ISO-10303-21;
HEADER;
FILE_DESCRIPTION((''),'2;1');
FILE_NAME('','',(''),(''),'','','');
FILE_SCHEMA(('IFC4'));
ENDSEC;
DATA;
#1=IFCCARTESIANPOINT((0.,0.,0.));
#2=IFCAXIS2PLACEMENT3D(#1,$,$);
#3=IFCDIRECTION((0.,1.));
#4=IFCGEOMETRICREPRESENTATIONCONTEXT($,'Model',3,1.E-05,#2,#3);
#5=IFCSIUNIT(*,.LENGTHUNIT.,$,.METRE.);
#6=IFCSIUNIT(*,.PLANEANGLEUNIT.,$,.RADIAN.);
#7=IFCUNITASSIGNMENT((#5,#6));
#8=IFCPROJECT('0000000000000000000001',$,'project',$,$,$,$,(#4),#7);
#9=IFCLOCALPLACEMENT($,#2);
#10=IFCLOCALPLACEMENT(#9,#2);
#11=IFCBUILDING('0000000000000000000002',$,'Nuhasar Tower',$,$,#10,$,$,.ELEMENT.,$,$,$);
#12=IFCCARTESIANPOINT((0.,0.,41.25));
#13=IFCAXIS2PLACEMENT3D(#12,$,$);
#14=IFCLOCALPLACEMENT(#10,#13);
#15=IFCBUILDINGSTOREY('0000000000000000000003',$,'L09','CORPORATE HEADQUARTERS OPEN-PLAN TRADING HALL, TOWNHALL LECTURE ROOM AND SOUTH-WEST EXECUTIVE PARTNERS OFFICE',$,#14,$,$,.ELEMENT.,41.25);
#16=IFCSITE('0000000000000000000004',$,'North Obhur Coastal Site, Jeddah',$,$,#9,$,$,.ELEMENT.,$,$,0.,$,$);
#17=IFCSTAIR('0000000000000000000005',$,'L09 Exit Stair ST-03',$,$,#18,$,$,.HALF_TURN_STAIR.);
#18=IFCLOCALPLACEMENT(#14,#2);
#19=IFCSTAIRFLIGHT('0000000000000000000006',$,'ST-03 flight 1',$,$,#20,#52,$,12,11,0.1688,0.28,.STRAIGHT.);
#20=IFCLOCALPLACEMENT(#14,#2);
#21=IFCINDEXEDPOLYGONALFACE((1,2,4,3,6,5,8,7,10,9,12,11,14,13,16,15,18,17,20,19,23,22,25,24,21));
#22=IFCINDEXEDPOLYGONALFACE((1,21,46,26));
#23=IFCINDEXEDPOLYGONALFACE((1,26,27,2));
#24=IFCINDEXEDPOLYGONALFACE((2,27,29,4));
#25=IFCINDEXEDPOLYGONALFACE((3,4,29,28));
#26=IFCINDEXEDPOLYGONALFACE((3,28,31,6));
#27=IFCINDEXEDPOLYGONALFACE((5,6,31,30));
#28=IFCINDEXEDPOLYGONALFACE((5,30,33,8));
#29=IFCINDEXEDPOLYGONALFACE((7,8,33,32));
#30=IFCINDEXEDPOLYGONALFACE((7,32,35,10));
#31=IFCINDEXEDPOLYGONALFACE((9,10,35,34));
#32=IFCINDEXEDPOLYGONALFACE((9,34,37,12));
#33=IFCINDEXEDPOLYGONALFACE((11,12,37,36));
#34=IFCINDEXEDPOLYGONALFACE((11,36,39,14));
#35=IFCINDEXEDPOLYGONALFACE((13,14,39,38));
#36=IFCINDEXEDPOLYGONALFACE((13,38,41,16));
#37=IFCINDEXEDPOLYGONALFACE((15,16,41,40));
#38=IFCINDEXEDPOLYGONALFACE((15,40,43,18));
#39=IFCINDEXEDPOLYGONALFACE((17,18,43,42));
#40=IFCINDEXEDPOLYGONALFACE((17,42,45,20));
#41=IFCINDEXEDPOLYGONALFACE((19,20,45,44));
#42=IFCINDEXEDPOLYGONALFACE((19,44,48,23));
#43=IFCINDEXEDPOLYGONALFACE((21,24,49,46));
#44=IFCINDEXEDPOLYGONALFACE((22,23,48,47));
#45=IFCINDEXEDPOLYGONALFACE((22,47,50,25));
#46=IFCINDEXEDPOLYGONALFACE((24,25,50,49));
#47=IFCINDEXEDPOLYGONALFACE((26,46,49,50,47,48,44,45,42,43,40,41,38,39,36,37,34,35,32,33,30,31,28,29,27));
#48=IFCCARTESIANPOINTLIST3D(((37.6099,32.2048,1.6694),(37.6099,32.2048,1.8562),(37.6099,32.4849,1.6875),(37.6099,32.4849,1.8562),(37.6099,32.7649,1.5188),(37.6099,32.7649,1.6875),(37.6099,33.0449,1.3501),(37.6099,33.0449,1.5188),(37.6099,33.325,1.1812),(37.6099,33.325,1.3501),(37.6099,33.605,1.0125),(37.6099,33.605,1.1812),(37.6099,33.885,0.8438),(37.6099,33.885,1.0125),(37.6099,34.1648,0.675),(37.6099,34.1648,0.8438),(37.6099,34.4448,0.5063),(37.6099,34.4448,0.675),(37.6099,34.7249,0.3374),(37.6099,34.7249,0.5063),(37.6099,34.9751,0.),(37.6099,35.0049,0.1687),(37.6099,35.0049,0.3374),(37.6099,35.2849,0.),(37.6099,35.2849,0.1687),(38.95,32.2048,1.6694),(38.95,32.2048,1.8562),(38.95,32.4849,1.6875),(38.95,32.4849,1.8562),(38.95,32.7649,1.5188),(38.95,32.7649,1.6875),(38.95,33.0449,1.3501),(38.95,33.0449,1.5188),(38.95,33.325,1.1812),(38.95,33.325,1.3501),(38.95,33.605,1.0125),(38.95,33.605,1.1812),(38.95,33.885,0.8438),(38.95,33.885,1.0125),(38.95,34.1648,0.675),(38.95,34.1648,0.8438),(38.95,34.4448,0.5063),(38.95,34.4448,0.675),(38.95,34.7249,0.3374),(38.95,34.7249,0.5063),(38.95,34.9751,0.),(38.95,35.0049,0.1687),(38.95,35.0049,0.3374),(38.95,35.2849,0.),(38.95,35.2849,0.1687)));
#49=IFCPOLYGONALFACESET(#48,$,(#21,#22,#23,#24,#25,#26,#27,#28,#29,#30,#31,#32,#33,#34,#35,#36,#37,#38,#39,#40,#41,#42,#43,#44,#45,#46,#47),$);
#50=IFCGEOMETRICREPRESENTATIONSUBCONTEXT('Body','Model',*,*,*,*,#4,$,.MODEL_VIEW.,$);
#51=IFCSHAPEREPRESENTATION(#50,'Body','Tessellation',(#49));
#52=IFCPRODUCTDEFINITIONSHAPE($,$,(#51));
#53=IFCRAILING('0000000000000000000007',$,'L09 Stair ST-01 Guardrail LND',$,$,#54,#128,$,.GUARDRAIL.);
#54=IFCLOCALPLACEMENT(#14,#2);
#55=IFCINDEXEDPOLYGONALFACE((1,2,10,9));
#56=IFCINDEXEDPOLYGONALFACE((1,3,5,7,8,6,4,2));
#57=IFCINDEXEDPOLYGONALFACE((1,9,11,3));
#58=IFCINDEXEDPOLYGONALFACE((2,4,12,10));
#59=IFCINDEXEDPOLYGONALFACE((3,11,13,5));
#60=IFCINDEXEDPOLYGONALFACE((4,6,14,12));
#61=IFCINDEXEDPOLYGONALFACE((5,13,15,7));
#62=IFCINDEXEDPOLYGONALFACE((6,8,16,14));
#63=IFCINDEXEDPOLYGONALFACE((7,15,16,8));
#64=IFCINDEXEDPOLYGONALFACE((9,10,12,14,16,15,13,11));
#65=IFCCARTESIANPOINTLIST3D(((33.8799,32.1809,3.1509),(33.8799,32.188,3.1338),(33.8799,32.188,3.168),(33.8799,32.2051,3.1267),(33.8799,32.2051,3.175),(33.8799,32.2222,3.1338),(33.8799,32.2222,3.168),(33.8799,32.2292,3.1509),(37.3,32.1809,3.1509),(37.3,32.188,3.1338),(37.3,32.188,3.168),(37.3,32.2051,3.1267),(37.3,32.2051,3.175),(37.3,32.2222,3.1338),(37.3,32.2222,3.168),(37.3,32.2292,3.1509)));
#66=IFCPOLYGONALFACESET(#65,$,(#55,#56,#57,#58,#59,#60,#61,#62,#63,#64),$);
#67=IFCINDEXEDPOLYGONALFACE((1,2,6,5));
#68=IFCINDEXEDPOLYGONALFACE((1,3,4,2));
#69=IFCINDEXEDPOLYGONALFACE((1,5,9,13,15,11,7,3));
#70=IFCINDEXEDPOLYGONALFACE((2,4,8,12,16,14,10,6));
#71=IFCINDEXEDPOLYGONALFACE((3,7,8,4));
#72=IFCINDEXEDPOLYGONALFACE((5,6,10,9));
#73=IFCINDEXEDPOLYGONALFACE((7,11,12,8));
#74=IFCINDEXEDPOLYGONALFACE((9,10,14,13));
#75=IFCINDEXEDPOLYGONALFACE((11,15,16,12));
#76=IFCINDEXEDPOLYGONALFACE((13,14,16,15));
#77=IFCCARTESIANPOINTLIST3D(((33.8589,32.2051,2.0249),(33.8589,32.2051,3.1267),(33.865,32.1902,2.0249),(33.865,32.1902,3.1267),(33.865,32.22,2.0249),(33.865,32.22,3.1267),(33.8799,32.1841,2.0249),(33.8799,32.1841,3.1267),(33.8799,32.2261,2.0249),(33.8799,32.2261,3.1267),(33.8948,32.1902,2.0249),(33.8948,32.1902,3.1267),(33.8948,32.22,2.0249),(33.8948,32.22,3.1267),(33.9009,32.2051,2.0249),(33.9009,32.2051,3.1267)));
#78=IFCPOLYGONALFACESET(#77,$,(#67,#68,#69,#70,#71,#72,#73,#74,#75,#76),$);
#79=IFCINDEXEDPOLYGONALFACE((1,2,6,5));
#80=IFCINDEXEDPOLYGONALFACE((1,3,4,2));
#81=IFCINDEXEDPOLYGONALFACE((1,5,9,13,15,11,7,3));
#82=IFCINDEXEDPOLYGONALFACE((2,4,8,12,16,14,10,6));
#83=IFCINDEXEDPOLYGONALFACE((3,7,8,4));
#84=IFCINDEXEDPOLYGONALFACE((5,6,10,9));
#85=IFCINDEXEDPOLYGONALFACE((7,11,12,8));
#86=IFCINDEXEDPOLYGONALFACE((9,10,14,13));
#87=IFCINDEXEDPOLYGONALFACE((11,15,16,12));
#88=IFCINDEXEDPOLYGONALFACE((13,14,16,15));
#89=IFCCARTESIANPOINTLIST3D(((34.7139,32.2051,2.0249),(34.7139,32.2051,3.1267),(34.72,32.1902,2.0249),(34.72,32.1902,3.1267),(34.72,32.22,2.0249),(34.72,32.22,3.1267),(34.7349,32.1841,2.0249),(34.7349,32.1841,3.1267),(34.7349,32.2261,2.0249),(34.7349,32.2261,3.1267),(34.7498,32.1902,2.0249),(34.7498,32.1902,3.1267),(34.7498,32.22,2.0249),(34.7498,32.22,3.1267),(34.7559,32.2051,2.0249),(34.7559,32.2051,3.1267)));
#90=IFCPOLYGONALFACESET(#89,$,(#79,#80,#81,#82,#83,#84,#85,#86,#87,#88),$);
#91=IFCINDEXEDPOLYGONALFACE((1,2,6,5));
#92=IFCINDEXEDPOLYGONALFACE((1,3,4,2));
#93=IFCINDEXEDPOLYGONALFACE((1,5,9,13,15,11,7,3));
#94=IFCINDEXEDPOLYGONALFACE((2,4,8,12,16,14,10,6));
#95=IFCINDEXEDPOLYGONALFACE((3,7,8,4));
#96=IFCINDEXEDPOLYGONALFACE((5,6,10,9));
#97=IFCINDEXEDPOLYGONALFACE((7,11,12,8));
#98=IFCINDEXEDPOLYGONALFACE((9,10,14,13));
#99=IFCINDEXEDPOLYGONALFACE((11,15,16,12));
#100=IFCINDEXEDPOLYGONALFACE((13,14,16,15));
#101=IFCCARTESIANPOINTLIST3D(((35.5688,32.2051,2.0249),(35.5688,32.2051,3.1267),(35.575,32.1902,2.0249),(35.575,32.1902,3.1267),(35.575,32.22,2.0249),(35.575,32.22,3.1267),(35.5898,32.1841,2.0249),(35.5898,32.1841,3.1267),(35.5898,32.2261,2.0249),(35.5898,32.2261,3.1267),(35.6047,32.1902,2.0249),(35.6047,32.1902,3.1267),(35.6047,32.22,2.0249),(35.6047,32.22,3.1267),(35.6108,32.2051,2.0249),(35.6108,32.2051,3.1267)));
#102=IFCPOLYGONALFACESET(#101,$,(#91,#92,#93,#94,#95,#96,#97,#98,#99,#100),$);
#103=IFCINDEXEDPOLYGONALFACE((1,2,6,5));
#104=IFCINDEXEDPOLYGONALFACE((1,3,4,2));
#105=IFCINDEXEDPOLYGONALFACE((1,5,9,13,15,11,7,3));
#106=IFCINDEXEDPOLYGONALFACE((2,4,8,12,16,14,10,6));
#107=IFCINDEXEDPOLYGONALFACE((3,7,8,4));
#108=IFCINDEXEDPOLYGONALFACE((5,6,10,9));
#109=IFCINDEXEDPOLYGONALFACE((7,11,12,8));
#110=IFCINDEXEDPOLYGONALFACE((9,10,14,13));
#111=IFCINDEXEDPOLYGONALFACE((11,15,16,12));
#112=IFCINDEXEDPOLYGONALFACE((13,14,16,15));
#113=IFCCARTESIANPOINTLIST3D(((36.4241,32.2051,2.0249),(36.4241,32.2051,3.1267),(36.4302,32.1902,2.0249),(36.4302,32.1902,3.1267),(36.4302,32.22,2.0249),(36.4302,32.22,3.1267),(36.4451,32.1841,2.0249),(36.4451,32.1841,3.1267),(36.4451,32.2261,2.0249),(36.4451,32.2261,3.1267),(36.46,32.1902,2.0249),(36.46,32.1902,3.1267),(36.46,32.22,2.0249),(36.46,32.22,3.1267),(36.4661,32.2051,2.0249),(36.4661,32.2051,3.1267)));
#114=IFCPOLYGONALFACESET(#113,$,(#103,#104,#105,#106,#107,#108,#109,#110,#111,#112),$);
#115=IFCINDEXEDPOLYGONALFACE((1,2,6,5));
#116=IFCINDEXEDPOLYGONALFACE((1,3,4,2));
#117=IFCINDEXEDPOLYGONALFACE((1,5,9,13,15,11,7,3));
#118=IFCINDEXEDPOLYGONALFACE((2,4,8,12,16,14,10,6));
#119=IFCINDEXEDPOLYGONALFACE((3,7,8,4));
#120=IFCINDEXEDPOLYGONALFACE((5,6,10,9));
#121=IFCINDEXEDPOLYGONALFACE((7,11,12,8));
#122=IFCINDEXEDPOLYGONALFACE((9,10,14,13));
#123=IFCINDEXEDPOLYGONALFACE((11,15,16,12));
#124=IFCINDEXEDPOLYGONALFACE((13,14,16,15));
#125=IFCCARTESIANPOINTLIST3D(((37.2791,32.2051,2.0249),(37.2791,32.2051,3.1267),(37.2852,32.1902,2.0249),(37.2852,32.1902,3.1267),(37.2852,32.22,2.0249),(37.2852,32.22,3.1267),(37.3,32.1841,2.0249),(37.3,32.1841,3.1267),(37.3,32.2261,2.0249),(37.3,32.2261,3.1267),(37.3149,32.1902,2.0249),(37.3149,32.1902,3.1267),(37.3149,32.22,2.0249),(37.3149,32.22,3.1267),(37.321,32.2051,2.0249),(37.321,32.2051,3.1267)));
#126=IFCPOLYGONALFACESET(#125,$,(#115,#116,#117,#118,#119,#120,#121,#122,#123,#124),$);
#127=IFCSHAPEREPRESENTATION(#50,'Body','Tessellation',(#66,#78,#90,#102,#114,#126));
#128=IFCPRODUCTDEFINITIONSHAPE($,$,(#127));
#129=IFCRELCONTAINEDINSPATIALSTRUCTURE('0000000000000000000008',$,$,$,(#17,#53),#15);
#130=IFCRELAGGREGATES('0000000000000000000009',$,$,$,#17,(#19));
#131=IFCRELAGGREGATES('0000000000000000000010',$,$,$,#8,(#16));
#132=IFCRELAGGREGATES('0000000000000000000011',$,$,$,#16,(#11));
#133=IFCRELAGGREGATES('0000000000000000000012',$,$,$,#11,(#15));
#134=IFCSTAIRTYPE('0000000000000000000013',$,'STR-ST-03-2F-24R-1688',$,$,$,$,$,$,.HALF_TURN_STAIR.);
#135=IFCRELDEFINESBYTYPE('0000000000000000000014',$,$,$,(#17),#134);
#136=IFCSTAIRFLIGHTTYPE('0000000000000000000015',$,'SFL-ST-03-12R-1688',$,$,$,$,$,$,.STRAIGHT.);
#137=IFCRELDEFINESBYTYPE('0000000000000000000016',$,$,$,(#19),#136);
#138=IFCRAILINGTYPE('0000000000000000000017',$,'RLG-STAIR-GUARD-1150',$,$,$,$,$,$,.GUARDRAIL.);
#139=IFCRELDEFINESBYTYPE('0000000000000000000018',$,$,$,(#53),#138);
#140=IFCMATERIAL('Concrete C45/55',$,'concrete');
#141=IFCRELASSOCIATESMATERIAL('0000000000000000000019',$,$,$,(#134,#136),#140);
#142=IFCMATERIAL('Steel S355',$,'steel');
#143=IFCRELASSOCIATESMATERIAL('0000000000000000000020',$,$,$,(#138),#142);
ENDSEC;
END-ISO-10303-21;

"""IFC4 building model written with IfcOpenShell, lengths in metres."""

from ifc_helpers import new_model, si_unit, direction, frame, origin, place, context, subcontext, project, spatial, polyline, outline, extrude, material, type_object, element, aggregate, save


model = new_model("IFC4")

# Units and contexts
model_context = context("Model", 3, precision=1e-05, world=origin(), true_north=direction((0.0, 1.0)))
body_context = subcontext(model_context, "Body", "Model", "MODEL_VIEW")
ifc_project = project(units=[si_unit("LENGTHUNIT", "METRE"), si_unit("PLANEANGLEUNIT", "RADIAN")], contexts=[model_context])

# Site, building, storey
site_placement = place(None, origin())
site = spatial("IfcSite", under=ifc_project, at=site_placement, Name="North Obhur Coastal Site, Jeddah", CompositionType="ELEMENT", RefElevation=0.0)
building_placement = place(site_placement, origin())
building = spatial("IfcBuilding", under=site, at=building_placement, Name="Nuhasar Tower", CompositionType="ELEMENT")
storey_placement = place(building_placement, frame((0.0, 0.0, 41.25)))
storey = spatial("IfcBuildingStorey", under=building, at=storey_placement, Name="L09", Description="CORPORATE HEADQUARTERS OPEN-PLAN TRADING HALL, TOWNHALL LECTURE ROOM AND SOUTH-WEST EXECUTIVE PARTNERS OFFICE", CompositionType="ELEMENT", Elevation=41.25)

# Shared definitions
ifc_material_1 = material(Name="Steel S355", Category="steel")

# Shared definitions
ifc_material_2 = material(Name="Concrete C45/55", Category="concrete")

# Stair, stair flight
stair_type_1 = type_object("IfcStairType", Name="STR-ST-03-2F-24R-1688", PredefinedType="HALF_TURN_STAIR", material=ifc_material_2)
stair_1_placement = place(storey_placement, origin())
stair_1 = element("IfcStair", 1, at=stair_1_placement, inside=storey, type_object=stair_type_1, Name="L09 Exit Stair ST-03", PredefinedType="HALF_TURN_STAIR")
stair_flight_type_1 = type_object("IfcStairFlightType", Name="SFL-ST-03-12R-1688", PredefinedType="STRAIGHT", material=ifc_material_2)
stair_flight_1_placement = place(storey_placement, frame((38.28, 35.2849, 0.0), z_axis=(0.0, 0.0, 1.0), x_axis=(0.0, -1.0, 0.0)))
stair_flight_1 = element("IfcStairFlight", 2, at=stair_flight_1_placement, type_object=stair_flight_type_1, Name="ST-03 flight 1", NumberOfRisers=12, NumberOfTreads=11, PredefinedType="STRAIGHT", RiserHeight=0.1688, TreadLength=0.28, context=body_context, shape_type="SweptSolid", body=[
    extrude(outline(polyline([(0.0, 0.0), (0.0, 0.1687), (0.28, 0.1687), (0.28, 0.3374), (0.5601, 0.3374), (0.5601, 0.5063), (0.8401, 0.5063), (0.8401, 0.675), (1.1201, 0.675), (1.1201, 0.8438), (1.3999, 0.8438), (1.3999, 1.0125), (1.6799, 1.0125), (1.6799, 1.1812), (1.96, 1.1812), (1.96, 1.3501), (2.24, 1.3501), (2.24, 1.5188), (2.52, 1.5188), (2.52, 1.6875), (2.8, 1.6875), (2.8, 1.8562), (3.0801, 1.8562), (3.0801, 2.0249), (3.0801, 1.6694), (0.3098, 0.0), (0.0, 0.0)])), frame((0.0, 0.6699, 0.0), z_axis=(0.0, -1.0, 0.0), x_axis=(1.0, 0.0, 0.0)), (0.0, 0.0, 1.0), 1.3401),
])
aggregate(stair_1, [stair_flight_1])

# Railing
railing_type_1 = type_object("IfcRailingType", Name="RLG-STAIR-GUARD-1150", PredefinedType="GUARDRAIL", material=ifc_material_1)
railing_1_placement = place(storey_placement, frame((33.8799, 32.2051, 2.0249)))
element("IfcRailing", 3, at=railing_1_placement, inside=storey, type_object=railing_type_1, Name="L09 Stair ST-01 Guardrail LND", PredefinedType="GUARDRAIL", context=body_context, shape_type="SweptSolid", body=[
    extrude(outline(polyline([(0.0242, 0.0), (0.0171, 0.0171), (0.0, 0.0242), (-0.0171, 0.0171), (-0.0242, 0.0), (-0.0171, -0.0171), (0.0, -0.0242), (0.0171, -0.0171), (0.0242, 0.0)])), frame((0.0, 0.0, 1.126), z_axis=(1.0, 0.0, 0.0), x_axis=(0.0, 1.0, 0.0)), (0.0, 0.0, 1.0), 3.4202),
    extrude(outline(polyline([(0.021, 0.0), (0.0149, 0.0149), (0.0, 0.021), (-0.0149, 0.0149), (-0.021, 0.0), (-0.0149, -0.0149), (0.0, -0.021), (0.0149, -0.0149), (0.021, 0.0)])), origin(), (0.0, 0.0, 1.0), 1.1018),
    extrude(outline(polyline([(0.021, 0.0), (0.0149, 0.0149), (0.0, 0.021), (-0.0149, 0.0149), (-0.021, 0.0), (-0.0149, -0.0149), (0.0, -0.021), (0.0149, -0.0149), (0.021, 0.0)])), frame((0.855, 0.0, 0.0)), (0.0, 0.0, 1.0), 1.1018),
    extrude(outline(polyline([(0.021, 0.0), (0.0149, 0.0149), (0.0, 0.021), (-0.0149, 0.0149), (-0.021, 0.0), (-0.0149, -0.0149), (0.0, -0.021), (0.0149, -0.0149), (0.021, 0.0)])), frame((1.71, 0.0, 0.0)), (0.0, 0.0, 1.0), 1.1018),
    extrude(outline(polyline([(0.021, 0.0), (0.0149, 0.0149), (0.0, 0.021), (-0.0149, 0.0149), (-0.021, 0.0), (-0.0149, -0.0149), (0.0, -0.021), (0.0149, -0.0149), (0.021, 0.0)])), frame((2.5652, 0.0, 0.0)), (0.0, 0.0, 1.0), 1.1018),
    extrude(outline(polyline([(0.021, 0.0), (0.0149, 0.0149), (0.0, 0.021), (-0.0149, 0.0149), (-0.021, 0.0), (-0.0149, -0.0149), (0.0, -0.021), (0.0149, -0.0149), (0.021, 0.0)])), frame((3.4202, 0.0, 0.0)), (0.0, 0.0, 1.0), 1.1018),
])

save(model, "model.ifc")
